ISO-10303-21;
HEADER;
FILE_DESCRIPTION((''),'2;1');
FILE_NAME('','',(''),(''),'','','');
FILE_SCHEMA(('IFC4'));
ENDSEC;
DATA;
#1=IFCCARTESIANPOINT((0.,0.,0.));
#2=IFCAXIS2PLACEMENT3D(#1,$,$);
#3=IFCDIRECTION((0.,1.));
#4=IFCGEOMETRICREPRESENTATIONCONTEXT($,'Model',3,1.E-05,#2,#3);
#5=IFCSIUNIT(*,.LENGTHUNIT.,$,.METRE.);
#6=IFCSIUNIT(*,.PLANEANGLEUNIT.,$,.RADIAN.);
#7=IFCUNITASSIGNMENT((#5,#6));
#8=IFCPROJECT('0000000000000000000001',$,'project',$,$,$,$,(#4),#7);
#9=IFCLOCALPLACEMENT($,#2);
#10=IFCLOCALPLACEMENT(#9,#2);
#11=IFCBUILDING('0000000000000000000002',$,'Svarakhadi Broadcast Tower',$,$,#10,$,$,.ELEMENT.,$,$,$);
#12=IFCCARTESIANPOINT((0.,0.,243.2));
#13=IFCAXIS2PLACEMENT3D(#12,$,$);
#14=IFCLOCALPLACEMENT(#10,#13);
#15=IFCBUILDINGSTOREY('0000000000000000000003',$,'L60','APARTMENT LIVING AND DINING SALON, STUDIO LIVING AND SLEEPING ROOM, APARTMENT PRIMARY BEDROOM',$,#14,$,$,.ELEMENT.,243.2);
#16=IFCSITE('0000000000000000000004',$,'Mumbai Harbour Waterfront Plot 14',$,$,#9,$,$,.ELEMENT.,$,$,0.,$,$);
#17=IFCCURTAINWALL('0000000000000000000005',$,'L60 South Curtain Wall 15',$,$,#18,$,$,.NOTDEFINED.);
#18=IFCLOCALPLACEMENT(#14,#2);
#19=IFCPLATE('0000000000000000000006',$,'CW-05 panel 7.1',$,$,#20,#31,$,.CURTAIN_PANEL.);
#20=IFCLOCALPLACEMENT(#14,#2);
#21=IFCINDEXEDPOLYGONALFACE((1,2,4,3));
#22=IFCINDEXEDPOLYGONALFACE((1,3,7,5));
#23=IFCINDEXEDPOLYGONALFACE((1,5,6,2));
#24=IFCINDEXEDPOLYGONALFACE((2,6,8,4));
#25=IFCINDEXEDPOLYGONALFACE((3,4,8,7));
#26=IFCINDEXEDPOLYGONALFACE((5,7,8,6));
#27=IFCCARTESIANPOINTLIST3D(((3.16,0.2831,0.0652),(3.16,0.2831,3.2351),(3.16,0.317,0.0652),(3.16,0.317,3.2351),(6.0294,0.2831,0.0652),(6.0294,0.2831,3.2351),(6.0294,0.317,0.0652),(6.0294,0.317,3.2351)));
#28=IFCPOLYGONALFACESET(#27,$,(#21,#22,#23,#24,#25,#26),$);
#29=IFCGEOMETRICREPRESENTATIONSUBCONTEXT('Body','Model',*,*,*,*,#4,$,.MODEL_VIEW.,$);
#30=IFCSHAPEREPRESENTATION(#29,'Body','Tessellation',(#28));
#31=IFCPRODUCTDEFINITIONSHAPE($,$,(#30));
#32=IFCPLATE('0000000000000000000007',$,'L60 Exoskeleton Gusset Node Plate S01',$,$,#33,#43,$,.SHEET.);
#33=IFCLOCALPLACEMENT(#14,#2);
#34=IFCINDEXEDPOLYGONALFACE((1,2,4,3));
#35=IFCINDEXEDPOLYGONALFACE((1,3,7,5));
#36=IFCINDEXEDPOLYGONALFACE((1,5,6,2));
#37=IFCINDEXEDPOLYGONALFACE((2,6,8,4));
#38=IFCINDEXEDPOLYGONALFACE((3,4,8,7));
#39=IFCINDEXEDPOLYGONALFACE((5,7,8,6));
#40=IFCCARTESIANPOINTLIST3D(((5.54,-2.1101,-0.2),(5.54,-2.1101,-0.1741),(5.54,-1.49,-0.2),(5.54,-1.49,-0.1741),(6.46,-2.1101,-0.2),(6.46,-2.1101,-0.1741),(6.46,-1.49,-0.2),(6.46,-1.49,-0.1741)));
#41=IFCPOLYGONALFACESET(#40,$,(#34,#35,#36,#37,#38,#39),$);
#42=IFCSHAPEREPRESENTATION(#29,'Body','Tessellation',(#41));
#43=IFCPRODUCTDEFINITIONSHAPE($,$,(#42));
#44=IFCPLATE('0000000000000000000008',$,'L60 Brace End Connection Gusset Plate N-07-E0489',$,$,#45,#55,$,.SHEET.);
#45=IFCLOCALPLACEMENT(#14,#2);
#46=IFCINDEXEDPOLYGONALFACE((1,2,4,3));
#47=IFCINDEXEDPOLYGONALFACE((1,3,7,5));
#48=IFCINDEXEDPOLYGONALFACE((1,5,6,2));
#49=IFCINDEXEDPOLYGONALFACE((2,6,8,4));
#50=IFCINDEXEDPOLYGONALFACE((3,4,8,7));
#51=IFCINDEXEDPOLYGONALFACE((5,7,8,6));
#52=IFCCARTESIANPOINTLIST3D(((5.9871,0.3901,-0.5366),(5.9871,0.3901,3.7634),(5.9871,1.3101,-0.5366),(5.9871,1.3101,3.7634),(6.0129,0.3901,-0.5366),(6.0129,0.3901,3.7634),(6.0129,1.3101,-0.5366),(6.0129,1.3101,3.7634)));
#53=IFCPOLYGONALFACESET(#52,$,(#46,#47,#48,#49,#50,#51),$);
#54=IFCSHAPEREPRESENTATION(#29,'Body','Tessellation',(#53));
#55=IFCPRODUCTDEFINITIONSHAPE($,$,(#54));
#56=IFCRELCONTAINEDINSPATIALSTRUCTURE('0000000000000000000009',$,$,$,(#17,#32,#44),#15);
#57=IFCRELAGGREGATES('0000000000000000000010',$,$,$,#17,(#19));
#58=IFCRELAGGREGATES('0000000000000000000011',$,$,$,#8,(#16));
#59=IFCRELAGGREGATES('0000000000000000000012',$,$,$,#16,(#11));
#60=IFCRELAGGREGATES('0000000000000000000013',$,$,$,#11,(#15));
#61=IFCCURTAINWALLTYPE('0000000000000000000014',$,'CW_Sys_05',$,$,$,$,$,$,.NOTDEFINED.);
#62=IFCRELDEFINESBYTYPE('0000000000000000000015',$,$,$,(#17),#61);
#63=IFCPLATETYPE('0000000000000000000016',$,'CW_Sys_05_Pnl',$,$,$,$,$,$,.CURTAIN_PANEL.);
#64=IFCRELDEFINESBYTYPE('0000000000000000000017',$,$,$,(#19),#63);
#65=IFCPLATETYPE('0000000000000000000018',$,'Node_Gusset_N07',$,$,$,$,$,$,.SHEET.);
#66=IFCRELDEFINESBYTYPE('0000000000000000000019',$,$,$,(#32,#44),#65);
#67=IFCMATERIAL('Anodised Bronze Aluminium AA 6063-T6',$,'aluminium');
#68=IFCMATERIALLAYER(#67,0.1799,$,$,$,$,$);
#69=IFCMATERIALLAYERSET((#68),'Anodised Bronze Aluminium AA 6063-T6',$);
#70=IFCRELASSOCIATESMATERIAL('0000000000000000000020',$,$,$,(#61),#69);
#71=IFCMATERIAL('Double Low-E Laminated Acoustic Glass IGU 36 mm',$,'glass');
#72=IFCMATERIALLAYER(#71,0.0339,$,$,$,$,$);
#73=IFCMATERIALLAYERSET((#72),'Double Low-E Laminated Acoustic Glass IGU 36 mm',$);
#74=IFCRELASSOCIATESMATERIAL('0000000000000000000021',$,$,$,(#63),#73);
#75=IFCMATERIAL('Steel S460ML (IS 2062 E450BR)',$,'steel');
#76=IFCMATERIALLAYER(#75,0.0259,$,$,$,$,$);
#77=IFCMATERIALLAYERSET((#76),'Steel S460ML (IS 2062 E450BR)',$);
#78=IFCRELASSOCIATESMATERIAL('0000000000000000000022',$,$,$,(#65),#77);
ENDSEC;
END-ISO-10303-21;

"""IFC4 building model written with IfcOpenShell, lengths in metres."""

from ifc_helpers import new_model, si_unit, direction, frame, origin, origin_2d, place, context, subcontext, project, spatial, rectangle, extrude, material, layer, layer_set, type_object, element, aggregate, save


model = new_model("IFC4")

# Units and contexts
model_context = context("Model", 3, precision=1e-05, world=origin(), true_north=direction((0.0, 1.0)))
body_context = subcontext(model_context, "Body", "Model", "MODEL_VIEW")
ifc_project = project(units=[si_unit("LENGTHUNIT", "METRE"), si_unit("PLANEANGLEUNIT", "RADIAN")], contexts=[model_context])

# Site, building, storey
site_placement = place(None, origin())
site = spatial("IfcSite", under=ifc_project, at=site_placement, Name="Mumbai Harbour Waterfront Plot 14", CompositionType="ELEMENT", RefElevation=0.0)
building_placement = place(site_placement, origin())
building = spatial("IfcBuilding", under=site, at=building_placement, Name="Svarakhadi Broadcast Tower", CompositionType="ELEMENT")
storey_placement = place(building_placement, frame((0.0, 0.0, 243.2)))
storey = spatial("IfcBuildingStorey", under=building, at=storey_placement, Name="L60", Description="APARTMENT LIVING AND DINING SALON, STUDIO LIVING AND SLEEPING ROOM, APARTMENT PRIMARY BEDROOM", CompositionType="ELEMENT", Elevation=243.2)

# Shared definitions
ifc_material_1 = material(Name="Steel S460ML (IS 2062 E450BR)", Category="steel")

# Curtain wall
ifc_material_2 = material(Name="Anodised Bronze Aluminium AA 6063-T6", Category="aluminium")
ifc_layer_1 = layer(ifc_material_2, 0.1799)
ifc_layer_set_1 = layer_set([ifc_layer_1], Name="Anodised Bronze Aluminium AA 6063-T6")
curtain_wall_type = type_object("IfcCurtainWallType", Name="CW_Sys_05", PredefinedType="NOTDEFINED", material=ifc_layer_set_1)
curtain_wall_placement = place(storey_placement, origin())
curtain_wall = element("IfcCurtainWall", 1, at=curtain_wall_placement, inside=storey, type_object=curtain_wall_type, Name="L60 South Curtain Wall 15", PredefinedType="NOTDEFINED")

# Plate
ifc_material_3 = material(Name="Double Low-E Laminated Acoustic Glass IGU 36 mm", Category="glass")
ifc_layer_2 = layer(ifc_material_3, 0.0339)
ifc_layer_set_2 = layer_set([ifc_layer_2], Name="Double Low-E Laminated Acoustic Glass IGU 36 mm")
plate_type_1 = type_object("IfcPlateType", Name="CW_Sys_05_Pnl", PredefinedType="CURTAIN_PANEL", material=ifc_layer_set_2)
plate_1_placement = place(storey_placement, frame((4.5947, 0.3, 0.0652), z_axis=(0.0, 0.0, 1.0), x_axis=(-1.0, 0.0, 0.0)))
plate_1 = element("IfcPlate", 2, at=plate_1_placement, type_object=plate_type_1, Name="CW-05 panel 7.1", PredefinedType="CURTAIN_PANEL", context=body_context, shape_type="SweptSolid", body=[
    extrude(rectangle(XDim=2.8694, YDim=0.0339, at=origin_2d()), origin(), (0.0, 0.0, 1.0), 3.1699),
])
aggregate(curtain_wall, [plate_1])

# Plates
ifc_layer_3 = layer(ifc_material_1, 0.0259)
ifc_layer_set_3 = layer_set([ifc_layer_3], Name="Steel S460ML (IS 2062 E450BR)")
plate_type_2 = type_object("IfcPlateType", Name="Node_Gusset_N07", PredefinedType="SHEET", material=ifc_layer_set_3)
plate_2_placement = place(storey_placement, frame((6.0, -1.8, -0.2), z_axis=(0.0, 0.0, 1.0), x_axis=(1.0, 0.0, 0.0)))
element("IfcPlate", 3, at=plate_2_placement, inside=storey, type_object=plate_type_2, Name="L60 Exoskeleton Gusset Node Plate S01", PredefinedType="SHEET", context=body_context, shape_type="SweptSolid", body=[
    extrude(rectangle(XDim=0.9199, YDim=0.6201, at=origin_2d()), origin(), (0.0, 0.0, 1.0), 0.0259),
])
plate_3_placement = place(storey_placement, frame((6.0, 0.8501, -0.5366), z_axis=(0.0, 0.0, 1.0), x_axis=(0.0, 1.0, 0.0)))
element("IfcPlate", 4, at=plate_3_placement, inside=storey, type_object=plate_type_2, Name="L60 Brace End Connection Gusset Plate N-07-E0489", PredefinedType="SHEET", context=body_context, shape_type="SweptSolid", body=[
    extrude(rectangle(XDim=0.9199, YDim=0.0259, at=origin_2d()), origin(), (0.0, 0.0, 1.0), 4.3),
])

save(model, "model.ifc")
